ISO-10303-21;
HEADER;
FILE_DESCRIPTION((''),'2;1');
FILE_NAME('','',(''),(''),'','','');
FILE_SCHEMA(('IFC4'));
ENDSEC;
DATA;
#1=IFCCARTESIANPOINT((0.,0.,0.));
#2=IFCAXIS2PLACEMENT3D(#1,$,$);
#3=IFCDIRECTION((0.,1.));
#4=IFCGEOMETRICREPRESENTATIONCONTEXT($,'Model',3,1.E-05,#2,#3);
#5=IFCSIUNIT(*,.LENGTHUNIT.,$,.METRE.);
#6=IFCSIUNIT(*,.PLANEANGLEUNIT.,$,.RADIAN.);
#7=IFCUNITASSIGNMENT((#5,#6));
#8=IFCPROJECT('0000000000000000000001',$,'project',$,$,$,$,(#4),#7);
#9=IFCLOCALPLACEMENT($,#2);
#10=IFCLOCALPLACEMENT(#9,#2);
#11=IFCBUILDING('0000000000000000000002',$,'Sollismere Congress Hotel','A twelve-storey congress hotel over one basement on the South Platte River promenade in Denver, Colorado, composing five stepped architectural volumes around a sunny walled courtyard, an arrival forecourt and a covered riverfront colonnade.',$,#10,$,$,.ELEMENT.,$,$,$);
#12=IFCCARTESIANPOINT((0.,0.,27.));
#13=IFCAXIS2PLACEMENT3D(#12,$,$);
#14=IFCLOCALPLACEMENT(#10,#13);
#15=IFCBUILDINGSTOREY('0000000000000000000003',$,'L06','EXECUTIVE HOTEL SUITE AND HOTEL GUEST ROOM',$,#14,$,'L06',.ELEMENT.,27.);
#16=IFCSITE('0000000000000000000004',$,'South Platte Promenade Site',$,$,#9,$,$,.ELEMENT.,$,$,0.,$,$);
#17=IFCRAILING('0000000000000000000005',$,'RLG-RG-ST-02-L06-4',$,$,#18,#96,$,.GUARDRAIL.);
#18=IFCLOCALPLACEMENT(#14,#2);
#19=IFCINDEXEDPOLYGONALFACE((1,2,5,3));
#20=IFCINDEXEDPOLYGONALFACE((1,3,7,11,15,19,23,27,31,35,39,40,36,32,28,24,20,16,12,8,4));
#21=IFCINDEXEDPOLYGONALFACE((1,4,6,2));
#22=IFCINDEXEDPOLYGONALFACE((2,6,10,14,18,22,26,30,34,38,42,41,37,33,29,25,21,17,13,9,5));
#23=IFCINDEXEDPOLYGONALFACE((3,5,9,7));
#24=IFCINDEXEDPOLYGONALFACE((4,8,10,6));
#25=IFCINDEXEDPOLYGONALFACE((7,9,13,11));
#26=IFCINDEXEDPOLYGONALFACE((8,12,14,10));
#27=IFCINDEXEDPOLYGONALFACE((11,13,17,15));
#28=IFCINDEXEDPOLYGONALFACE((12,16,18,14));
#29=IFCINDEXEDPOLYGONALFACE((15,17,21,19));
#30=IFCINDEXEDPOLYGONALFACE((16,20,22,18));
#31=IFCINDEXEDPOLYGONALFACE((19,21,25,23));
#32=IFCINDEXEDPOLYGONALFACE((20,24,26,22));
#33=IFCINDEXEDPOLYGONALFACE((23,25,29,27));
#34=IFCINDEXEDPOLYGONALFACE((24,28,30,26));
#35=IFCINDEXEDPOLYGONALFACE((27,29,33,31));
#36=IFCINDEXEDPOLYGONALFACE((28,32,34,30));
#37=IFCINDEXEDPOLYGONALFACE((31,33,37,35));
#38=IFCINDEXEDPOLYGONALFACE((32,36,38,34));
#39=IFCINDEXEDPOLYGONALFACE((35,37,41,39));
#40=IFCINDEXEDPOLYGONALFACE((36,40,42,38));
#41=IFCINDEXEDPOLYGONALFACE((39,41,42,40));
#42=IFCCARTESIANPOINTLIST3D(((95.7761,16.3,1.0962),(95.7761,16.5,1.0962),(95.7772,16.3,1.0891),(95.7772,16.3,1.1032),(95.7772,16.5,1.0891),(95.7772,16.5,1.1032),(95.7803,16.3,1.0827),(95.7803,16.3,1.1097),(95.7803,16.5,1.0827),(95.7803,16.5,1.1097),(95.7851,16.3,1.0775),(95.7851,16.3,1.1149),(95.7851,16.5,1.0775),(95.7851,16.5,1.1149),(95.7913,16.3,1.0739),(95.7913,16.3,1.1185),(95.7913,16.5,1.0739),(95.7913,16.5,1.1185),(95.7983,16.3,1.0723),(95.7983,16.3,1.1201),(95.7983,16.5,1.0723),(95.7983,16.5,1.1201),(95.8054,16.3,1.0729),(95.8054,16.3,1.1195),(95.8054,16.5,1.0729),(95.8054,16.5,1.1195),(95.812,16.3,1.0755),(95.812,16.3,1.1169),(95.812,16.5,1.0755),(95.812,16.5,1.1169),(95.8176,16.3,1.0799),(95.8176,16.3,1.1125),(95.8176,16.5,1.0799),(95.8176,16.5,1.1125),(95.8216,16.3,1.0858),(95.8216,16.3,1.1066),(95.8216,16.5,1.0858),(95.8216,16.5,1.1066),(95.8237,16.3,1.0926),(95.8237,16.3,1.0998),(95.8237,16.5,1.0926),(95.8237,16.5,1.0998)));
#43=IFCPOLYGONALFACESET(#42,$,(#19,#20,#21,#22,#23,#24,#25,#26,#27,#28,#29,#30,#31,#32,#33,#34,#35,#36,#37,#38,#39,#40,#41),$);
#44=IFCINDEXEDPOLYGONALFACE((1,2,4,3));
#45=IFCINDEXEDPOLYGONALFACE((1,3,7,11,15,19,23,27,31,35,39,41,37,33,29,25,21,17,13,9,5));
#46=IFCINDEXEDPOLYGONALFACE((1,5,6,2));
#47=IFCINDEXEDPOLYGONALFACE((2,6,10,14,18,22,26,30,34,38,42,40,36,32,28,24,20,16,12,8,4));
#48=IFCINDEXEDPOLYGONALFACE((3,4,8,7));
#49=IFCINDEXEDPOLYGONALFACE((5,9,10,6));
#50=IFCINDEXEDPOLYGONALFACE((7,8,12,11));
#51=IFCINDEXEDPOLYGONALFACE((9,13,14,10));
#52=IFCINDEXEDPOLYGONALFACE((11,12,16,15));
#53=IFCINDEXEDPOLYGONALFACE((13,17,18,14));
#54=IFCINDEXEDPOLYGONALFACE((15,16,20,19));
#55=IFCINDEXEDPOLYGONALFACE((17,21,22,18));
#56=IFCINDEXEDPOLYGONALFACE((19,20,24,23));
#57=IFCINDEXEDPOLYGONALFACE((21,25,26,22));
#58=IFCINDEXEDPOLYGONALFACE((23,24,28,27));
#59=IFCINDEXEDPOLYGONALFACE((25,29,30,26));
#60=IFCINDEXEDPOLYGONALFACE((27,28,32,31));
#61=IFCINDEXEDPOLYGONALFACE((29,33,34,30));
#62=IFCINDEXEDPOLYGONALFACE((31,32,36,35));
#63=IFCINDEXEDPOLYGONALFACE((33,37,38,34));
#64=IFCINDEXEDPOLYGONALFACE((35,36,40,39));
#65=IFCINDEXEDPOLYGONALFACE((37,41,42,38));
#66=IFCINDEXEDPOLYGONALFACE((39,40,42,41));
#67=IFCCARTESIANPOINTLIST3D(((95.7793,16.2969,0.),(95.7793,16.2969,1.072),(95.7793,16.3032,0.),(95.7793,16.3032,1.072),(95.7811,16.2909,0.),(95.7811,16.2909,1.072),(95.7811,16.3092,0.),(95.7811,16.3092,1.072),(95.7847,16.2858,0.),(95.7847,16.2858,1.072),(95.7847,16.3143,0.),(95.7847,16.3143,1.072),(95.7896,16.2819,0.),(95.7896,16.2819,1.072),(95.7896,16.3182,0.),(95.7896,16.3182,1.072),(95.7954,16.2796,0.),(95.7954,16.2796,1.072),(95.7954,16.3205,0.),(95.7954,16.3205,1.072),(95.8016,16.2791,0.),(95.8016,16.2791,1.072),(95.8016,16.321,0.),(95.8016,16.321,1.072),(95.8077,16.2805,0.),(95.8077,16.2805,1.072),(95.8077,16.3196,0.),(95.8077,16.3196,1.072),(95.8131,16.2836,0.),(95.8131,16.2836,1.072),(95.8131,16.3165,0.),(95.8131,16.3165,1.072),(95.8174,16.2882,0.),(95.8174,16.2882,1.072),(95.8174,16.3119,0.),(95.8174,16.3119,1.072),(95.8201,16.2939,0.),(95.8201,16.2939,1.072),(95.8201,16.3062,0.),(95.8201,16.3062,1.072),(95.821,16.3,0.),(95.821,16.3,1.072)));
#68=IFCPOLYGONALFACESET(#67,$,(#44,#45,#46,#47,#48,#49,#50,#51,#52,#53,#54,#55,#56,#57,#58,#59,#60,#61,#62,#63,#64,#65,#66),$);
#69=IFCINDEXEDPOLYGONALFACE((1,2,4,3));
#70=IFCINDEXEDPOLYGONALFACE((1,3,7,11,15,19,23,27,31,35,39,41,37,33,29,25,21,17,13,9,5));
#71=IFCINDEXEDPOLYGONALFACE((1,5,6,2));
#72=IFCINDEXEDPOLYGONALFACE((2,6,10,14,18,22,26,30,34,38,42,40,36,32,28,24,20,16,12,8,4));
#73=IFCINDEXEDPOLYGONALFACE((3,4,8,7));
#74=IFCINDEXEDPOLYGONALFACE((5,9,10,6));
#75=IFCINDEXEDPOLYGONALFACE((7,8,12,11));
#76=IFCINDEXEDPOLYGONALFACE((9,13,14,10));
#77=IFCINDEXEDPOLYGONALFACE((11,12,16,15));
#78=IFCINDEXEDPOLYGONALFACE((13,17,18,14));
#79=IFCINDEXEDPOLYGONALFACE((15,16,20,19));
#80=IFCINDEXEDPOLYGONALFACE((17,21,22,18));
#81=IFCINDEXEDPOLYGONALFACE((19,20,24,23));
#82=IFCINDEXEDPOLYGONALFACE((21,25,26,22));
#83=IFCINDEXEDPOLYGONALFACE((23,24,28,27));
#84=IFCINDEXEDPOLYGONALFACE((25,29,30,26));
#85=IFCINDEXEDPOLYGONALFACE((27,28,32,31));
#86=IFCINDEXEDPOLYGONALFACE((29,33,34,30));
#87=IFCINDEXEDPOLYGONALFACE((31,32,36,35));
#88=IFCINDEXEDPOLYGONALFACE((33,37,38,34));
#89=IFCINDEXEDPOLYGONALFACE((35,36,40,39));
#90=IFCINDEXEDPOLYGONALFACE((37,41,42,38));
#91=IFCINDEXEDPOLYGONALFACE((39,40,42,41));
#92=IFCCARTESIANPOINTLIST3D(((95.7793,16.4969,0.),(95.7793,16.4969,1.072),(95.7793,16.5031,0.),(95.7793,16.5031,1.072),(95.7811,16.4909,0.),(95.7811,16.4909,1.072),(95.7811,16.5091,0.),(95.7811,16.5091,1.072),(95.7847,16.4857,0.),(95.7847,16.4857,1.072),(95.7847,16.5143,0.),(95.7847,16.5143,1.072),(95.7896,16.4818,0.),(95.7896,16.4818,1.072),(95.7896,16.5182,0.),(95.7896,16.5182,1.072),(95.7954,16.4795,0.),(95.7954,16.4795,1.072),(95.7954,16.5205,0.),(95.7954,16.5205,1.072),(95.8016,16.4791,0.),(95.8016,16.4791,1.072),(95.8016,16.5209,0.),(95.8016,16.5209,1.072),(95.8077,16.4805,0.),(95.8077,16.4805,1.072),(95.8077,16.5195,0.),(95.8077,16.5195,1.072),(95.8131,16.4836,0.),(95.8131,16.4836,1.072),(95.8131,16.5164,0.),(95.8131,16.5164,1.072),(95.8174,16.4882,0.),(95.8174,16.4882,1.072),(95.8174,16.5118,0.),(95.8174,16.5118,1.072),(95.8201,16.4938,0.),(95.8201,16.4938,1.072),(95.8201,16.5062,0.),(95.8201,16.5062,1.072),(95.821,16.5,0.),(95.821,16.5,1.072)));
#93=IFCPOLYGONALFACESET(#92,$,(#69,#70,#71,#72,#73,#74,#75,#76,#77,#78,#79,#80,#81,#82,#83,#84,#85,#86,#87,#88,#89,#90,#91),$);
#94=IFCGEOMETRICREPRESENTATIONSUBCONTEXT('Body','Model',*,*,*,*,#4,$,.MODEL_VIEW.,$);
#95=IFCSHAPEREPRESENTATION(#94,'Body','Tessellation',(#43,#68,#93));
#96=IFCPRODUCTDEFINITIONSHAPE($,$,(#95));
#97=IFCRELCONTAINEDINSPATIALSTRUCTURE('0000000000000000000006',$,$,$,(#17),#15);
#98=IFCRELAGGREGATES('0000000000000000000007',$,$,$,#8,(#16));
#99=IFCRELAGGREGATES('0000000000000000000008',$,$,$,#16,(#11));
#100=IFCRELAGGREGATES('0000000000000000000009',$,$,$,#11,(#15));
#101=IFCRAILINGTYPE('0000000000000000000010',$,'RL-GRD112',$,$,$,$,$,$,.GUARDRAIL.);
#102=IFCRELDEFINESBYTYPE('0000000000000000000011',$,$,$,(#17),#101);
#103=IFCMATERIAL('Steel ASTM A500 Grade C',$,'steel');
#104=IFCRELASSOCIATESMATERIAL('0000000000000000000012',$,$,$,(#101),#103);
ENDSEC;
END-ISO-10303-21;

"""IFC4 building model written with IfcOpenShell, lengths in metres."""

from ifc_helpers import new_model, si_unit, direction, frame, origin, origin_2d, place, context, subcontext, project, spatial, circle, extrude, material, type_object, element, save


model = new_model("IFC4")

# Units and contexts
model_context = context("Model", 3, precision=1e-05, world=origin(), true_north=direction((0.0, 1.0)))
body_context = subcontext(model_context, "Body", "Model", "MODEL_VIEW")
ifc_project = project(units=[si_unit("LENGTHUNIT", "METRE"), si_unit("PLANEANGLEUNIT", "RADIAN")], contexts=[model_context])

# Site, building, storey
site_placement = place(None, origin())
site = spatial("IfcSite", under=ifc_project, at=site_placement, Name="South Platte Promenade Site", CompositionType="ELEMENT", RefElevation=0.0)
building_placement = place(site_placement, origin())
building = spatial("IfcBuilding", under=site, at=building_placement, Name="Sollismere Congress Hotel", Description="A twelve-storey congress hotel over one basement on the South Platte River promenade in Denver, Colorado, composing five stepped architectural volumes around a sunny walled courtyard, an arrival forecourt and a covered riverfront colonnade.", CompositionType="ELEMENT")
storey_placement = place(building_placement, frame((0.0, 0.0, 27.0)))
storey = spatial("IfcBuildingStorey", under=building, at=storey_placement, Name="L06", Description="EXECUTIVE HOTEL SUITE AND HOTEL GUEST ROOM", LongName="L06", CompositionType="ELEMENT", Elevation=27.0)

# Shared definitions
ifc_material_1 = material(Name="Steel ASTM A500 Grade C", Category="steel")

# Railing
railing_type_1 = type_object("IfcRailingType", Name="RL-GRD112", PredefinedType="GUARDRAIL", material=ifc_material_1)
railing_1_placement = place(storey_placement, frame((95.8, 16.3, 0.0)))
element("IfcRailing", 1, at=railing_1_placement, inside=storey, type_object=railing_type_1, Name="RLG-RG-ST-02-L06-4", PredefinedType="GUARDRAIL", context=body_context, shape_type="SweptSolid", body=[
    extrude(circle(Radius=0.0239, at=origin_2d()), frame((0.0, 0.0, 1.0962), z_axis=(0.0, 1.0, 0.0), x_axis=(-1.0, 0.0, 0.0)), (0.0, 0.0, 1.0), 0.2),
    extrude(circle(Radius=0.021, at=origin_2d()), origin(), (0.0, 0.0, 1.0), 1.072),
    extrude(circle(Radius=0.021, at=origin_2d()), frame((0.0, 0.2, 0.0)), (0.0, 0.0, 1.0), 1.072),
])

save(model, "model.ifc")
